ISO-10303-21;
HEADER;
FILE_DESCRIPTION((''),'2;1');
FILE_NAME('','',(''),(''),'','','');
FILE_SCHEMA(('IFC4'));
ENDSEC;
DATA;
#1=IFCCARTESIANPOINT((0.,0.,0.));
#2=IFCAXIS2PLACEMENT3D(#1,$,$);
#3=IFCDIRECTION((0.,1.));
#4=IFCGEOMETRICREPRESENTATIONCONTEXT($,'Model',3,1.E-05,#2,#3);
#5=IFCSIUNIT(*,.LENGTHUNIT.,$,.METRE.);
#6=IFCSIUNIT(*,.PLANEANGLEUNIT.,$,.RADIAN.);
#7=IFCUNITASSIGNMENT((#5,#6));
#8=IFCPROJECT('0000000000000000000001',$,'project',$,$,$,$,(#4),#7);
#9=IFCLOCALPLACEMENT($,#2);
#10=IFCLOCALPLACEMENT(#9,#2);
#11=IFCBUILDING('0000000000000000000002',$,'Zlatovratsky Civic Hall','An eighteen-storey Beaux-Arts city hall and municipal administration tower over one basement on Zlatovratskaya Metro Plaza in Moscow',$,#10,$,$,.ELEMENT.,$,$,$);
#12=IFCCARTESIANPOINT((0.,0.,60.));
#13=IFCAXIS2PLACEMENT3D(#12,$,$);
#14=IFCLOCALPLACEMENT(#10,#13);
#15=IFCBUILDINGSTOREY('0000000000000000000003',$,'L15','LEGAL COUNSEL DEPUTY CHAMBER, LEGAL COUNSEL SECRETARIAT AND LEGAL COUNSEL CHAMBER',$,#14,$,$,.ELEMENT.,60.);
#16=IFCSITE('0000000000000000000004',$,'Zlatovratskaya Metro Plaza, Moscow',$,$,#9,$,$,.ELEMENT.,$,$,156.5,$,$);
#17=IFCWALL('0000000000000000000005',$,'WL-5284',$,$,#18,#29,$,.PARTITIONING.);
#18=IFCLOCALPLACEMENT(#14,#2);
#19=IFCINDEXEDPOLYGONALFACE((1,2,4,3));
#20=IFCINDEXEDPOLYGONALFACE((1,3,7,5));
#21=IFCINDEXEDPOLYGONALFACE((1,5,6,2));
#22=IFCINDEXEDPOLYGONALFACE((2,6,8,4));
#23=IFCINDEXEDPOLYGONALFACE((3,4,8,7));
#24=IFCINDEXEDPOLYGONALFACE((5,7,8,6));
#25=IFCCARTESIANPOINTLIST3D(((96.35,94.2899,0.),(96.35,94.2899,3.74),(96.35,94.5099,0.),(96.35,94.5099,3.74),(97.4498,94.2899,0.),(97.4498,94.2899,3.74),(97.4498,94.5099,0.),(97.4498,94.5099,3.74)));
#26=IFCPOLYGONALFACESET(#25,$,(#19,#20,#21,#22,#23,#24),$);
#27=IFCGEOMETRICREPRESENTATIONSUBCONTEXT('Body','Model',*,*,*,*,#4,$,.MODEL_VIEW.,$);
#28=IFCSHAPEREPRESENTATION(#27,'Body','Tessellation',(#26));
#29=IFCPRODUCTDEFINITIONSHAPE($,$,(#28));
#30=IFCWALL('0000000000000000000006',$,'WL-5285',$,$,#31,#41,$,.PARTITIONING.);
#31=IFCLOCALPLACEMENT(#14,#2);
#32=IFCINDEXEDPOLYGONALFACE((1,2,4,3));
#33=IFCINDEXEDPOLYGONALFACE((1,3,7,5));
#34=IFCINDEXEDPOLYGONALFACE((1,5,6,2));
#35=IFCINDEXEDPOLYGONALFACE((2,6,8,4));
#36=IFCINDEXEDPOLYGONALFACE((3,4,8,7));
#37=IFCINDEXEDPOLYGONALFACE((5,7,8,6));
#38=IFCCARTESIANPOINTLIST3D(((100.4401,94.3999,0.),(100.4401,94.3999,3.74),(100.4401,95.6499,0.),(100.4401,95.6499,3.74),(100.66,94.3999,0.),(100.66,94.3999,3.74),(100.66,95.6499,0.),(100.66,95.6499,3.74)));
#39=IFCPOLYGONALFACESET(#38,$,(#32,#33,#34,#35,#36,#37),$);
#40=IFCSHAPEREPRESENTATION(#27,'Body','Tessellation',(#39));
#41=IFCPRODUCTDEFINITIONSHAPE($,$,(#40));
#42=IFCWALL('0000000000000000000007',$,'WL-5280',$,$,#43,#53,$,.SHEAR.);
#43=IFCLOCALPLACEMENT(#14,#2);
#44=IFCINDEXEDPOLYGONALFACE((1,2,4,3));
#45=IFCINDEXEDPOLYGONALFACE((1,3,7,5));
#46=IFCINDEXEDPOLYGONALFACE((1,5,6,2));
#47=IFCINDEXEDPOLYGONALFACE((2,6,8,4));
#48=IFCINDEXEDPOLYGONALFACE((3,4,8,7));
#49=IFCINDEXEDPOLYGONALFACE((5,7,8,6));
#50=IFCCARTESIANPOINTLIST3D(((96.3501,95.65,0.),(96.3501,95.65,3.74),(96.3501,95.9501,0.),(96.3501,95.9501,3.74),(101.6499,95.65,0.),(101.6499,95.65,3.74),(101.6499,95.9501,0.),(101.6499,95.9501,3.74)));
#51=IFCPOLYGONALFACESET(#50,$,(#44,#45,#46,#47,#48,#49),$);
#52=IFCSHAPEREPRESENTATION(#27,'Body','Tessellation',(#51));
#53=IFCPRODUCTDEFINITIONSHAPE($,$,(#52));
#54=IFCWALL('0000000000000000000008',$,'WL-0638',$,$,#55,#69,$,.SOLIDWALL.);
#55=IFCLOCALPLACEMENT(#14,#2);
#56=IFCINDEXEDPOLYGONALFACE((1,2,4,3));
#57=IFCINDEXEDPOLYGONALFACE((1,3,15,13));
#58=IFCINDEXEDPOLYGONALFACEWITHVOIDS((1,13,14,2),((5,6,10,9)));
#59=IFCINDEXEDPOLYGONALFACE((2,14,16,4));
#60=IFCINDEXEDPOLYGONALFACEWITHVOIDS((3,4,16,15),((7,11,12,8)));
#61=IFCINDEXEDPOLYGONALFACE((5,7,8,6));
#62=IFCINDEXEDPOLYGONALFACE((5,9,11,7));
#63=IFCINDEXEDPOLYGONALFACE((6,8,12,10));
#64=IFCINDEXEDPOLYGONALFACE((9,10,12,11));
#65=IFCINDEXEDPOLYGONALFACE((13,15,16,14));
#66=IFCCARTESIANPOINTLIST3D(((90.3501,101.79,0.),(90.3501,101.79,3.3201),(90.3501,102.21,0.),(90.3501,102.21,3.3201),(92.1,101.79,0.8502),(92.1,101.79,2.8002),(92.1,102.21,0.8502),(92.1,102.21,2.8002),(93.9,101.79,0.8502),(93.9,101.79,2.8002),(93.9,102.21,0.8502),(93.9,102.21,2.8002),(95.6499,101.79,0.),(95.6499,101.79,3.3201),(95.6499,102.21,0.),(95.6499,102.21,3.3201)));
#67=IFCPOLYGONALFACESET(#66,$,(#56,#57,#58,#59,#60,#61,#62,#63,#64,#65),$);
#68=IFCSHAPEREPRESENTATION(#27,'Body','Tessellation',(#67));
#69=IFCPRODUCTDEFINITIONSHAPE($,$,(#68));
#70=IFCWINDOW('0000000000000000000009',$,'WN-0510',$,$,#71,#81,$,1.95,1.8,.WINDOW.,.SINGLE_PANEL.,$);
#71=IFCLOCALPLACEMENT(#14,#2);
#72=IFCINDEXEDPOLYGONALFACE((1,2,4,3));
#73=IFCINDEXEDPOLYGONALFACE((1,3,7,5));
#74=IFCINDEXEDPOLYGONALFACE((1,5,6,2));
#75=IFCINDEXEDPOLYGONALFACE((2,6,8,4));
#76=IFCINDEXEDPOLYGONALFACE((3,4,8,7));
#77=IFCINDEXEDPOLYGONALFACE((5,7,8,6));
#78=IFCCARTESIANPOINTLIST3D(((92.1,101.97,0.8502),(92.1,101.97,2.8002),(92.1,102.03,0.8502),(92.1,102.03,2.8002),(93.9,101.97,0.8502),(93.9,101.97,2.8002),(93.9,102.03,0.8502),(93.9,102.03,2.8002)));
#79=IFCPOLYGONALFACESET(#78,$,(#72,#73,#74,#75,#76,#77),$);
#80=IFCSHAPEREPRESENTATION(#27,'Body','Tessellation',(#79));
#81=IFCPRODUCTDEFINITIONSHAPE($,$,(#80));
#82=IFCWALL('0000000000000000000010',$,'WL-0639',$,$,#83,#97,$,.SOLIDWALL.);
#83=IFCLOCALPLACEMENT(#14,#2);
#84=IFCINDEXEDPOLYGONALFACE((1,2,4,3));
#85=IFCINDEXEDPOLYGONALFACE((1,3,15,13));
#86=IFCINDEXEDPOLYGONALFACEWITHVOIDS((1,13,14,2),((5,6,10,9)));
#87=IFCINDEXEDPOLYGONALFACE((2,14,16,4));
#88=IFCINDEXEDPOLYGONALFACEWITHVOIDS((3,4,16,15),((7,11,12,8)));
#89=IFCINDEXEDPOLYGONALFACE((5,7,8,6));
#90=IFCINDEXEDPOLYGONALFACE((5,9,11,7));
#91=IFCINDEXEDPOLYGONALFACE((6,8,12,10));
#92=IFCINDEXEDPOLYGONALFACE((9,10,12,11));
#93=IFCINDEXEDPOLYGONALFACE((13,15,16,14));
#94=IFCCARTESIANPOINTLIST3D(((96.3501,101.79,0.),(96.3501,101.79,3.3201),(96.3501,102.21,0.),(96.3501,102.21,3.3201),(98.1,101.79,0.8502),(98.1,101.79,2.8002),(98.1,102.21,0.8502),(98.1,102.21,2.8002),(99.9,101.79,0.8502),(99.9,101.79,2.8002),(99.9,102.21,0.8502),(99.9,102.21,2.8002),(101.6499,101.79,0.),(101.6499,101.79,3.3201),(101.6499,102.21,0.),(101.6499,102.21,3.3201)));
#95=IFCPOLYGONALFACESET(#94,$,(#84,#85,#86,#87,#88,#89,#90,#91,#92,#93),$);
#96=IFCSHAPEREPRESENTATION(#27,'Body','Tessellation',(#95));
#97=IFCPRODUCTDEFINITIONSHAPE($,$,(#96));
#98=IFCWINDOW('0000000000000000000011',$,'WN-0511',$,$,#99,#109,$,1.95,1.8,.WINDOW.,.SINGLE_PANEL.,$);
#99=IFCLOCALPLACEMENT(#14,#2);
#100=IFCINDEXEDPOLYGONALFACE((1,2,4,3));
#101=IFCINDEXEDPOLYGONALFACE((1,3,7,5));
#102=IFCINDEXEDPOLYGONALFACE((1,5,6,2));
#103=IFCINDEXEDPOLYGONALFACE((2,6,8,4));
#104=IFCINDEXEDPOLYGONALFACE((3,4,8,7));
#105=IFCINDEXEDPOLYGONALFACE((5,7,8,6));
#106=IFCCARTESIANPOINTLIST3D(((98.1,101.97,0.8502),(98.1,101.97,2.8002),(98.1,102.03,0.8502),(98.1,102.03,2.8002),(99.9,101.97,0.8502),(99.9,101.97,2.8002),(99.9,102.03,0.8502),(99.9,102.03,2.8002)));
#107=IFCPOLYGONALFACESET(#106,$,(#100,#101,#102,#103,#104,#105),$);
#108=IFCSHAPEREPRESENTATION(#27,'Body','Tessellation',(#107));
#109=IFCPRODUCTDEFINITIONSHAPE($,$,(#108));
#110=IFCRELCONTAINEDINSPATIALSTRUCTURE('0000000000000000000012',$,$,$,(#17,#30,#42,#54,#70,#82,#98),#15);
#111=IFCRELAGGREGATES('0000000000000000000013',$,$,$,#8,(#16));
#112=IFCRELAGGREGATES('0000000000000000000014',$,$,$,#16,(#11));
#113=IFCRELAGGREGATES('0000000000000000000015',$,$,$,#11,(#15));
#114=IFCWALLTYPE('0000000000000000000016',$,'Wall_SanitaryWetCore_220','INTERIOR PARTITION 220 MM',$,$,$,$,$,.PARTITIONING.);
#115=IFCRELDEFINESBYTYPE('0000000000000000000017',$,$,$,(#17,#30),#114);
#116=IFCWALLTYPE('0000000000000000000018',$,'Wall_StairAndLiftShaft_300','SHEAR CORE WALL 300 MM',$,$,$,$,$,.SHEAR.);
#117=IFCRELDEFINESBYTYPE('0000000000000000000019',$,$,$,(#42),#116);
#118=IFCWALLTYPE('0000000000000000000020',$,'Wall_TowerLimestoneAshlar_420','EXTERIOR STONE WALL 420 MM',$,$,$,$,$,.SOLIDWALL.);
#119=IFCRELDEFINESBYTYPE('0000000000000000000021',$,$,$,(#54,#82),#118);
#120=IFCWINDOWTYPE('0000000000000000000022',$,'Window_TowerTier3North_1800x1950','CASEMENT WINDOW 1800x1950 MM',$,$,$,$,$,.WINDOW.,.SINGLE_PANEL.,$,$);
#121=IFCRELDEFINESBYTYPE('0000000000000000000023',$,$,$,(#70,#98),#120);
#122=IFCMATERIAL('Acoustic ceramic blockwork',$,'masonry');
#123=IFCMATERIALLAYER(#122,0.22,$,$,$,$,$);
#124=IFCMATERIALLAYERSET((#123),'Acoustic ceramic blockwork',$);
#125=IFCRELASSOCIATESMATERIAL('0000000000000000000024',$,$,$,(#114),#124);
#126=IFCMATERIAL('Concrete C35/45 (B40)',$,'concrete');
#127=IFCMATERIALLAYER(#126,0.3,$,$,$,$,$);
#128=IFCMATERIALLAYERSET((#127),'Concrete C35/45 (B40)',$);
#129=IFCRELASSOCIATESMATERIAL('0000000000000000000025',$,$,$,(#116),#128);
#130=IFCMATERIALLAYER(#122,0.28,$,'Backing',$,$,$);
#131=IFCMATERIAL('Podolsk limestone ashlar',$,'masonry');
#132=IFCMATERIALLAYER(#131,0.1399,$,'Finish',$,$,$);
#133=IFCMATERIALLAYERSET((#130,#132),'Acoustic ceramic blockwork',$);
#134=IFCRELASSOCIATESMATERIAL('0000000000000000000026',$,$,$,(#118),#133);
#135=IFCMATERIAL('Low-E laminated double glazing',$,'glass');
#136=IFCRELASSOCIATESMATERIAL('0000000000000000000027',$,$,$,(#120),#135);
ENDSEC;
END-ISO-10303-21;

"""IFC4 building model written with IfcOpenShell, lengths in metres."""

from ifc_helpers import new_model, si_unit, direction, frame, frame_2d, origin, place, context, subcontext, project, spatial, rectangle, extrude, material, layer, layer_set, type_object, element, fill, save


model = new_model("IFC4")

# Units and contexts
model_context = context("Model", 3, precision=1e-05, world=origin(), true_north=direction((0.0, 1.0)))
body_context = subcontext(model_context, "Body", "Model", "MODEL_VIEW")
ifc_project = project(units=[si_unit("LENGTHUNIT", "METRE"), si_unit("PLANEANGLEUNIT", "RADIAN")], contexts=[model_context])

# Site, building, storey
site_placement = place(None, origin())
site = spatial("IfcSite", under=ifc_project, at=site_placement, Name="Zlatovratskaya Metro Plaza, Moscow", CompositionType="ELEMENT", RefElevation=156.5)
building_placement = place(site_placement, origin())
building = spatial("IfcBuilding", under=site, at=building_placement, Name="Zlatovratsky Civic Hall", Description="An eighteen-storey Beaux-Arts city hall and municipal administration tower over one basement on Zlatovratskaya Metro Plaza in Moscow", CompositionType="ELEMENT")
storey_placement = place(building_placement, frame((0.0, 0.0, 60.0)))
storey = spatial("IfcBuildingStorey", under=building, at=storey_placement, Name="L15", Description="LEGAL COUNSEL DEPUTY CHAMBER, LEGAL COUNSEL SECRETARIAT AND LEGAL COUNSEL CHAMBER", CompositionType="ELEMENT", Elevation=60.0)

# Shared definitions
ifc_material_1 = material(Name="Concrete C35/45 (B40)", Category="concrete")

# Shared definitions
ifc_material_2 = material(Name="Acoustic ceramic blockwork", Category="masonry")

# Walls
ifc_layer_1 = layer(ifc_material_2, 0.22)
ifc_layer_set_1 = layer_set([ifc_layer_1], Name="Acoustic ceramic blockwork")
wall_type_1 = type_object("IfcWallType", Name="Wall_SanitaryWetCore_220", Description="INTERIOR PARTITION 220 MM", PredefinedType="PARTITIONING", material=ifc_layer_set_1)
wall_1_placement = place(storey_placement, frame((96.3501, 94.3999, 0.0), z_axis=(0.0, 0.0, 1.0), x_axis=(1.0, 0.0, 0.0)))
element("IfcWall", 1, at=wall_1_placement, inside=storey, type_object=wall_type_1, Name="WL-5284", PredefinedType="PARTITIONING", context=body_context, shape_type="SweptSolid", body=[
    extrude(rectangle(XDim=1.0999, YDim=0.22, at=frame_2d((0.5498, 0.0))), origin(), (0.0, 0.0, 1.0), 3.74),
])
wall_2_placement = place(storey_placement, frame((100.55, 94.3999, 0.0), z_axis=(0.0, 0.0, 1.0), x_axis=(0.0, 1.0, 0.0)))
element("IfcWall", 2, at=wall_2_placement, inside=storey, type_object=wall_type_1, Name="WL-5285", PredefinedType="PARTITIONING", context=body_context, shape_type="SweptSolid", body=[
    extrude(rectangle(XDim=1.25, YDim=0.22, at=frame_2d((0.625, 0.0))), origin(), (0.0, 0.0, 1.0), 3.74),
])
ifc_layer_2 = layer(ifc_material_1, 0.3)
ifc_layer_set_2 = layer_set([ifc_layer_2], Name="Concrete C35/45 (B40)")
wall_type_2 = type_object("IfcWallType", Name="Wall_StairAndLiftShaft_300", Description="SHEAR CORE WALL 300 MM", PredefinedType="SHEAR", material=ifc_layer_set_2)
wall_3_placement = place(storey_placement, frame((96.3501, 95.8, 0.0), z_axis=(0.0, 0.0, 1.0), x_axis=(1.0, 0.0, 0.0)))
element("IfcWall", 3, at=wall_3_placement, inside=storey, type_object=wall_type_2, Name="WL-5280", PredefinedType="SHEAR", context=body_context, shape_type="SweptSolid", body=[
    extrude(rectangle(XDim=5.2998, YDim=0.3, at=frame_2d((2.6499, 0.0))), origin(), (0.0, 0.0, 1.0), 3.74),
])

# Walls, openings, windows
ifc_layer_3 = layer(ifc_material_2, 0.28, Name="Backing")
ifc_material_3 = material(Name="Podolsk limestone ashlar", Category="masonry")
ifc_layer_4 = layer(ifc_material_3, 0.1399, Name="Finish")
ifc_layer_set_3 = layer_set([ifc_layer_3, ifc_layer_4], Name="Acoustic ceramic blockwork")
wall_type_3 = type_object("IfcWallType", Name="Wall_TowerLimestoneAshlar_420", Description="EXTERIOR STONE WALL 420 MM", PredefinedType="SOLIDWALL", material=ifc_layer_set_3)
wall_4_placement = place(storey_placement, frame((90.3501, 102.0, 0.0), z_axis=(0.0, 0.0, 1.0), x_axis=(1.0, 0.0, 0.0)))
wall_4 = element("IfcWall", 4, at=wall_4_placement, inside=storey, type_object=wall_type_3, Name="WL-0638", PredefinedType="SOLIDWALL", context=body_context, shape_type="SweptSolid", body=[
    extrude(rectangle(XDim=5.2998, YDim=0.4199, at=frame_2d((2.6499, 0.0))), origin(), (0.0, 0.0, 1.0), 3.3201),
])
opening_1_placement = place(wall_4_placement, frame((1.75, 0.0, 0.8501)))
opening_1 = element("IfcOpeningElement", 5, at=opening_1_placement, cuts=wall_4, PredefinedType="OPENING", context=body_context, shape_type="SweptSolid", body=[
    extrude(rectangle(XDim=1.8, YDim=1.95, at=frame_2d((0.8999, 0.9751))), frame((0.0, 0.2249, 0.0), z_axis=(0.0, -1.0, 0.0), x_axis=(1.0, 0.0, 0.0)), (0.0, 0.0, 1.0), 0.4497),
])
ifc_material_4 = material(Name="Low-E laminated double glazing", Category="glass")
window_type = type_object("IfcWindowType", Name="Window_TowerTier3North_1800x1950", Description="CASEMENT WINDOW 1800x1950 MM", PartitioningType="SINGLE_PANEL", PredefinedType="WINDOW", material=ifc_material_4)
window_1_placement = place(opening_1_placement, origin())
window_1 = element("IfcWindow", 6, at=window_1_placement, inside=storey, type_object=window_type, Name="WN-0510", OverallHeight=1.95, OverallWidth=1.8, PartitioningType="SINGLE_PANEL", PredefinedType="WINDOW", context=body_context, shape_type="SweptSolid", body=[
    extrude(rectangle(XDim=1.8, YDim=1.95, at=frame_2d((0.8999, 0.9751))), frame((0.0, 0.03, 0.0), z_axis=(0.0, -1.0, 0.0), x_axis=(1.0, 0.0, 0.0)), (0.0, 0.0, 1.0), 0.0601),
])
fill(opening_1, window_1)
wall_5_placement = place(storey_placement, frame((96.3501, 102.0, 0.0), z_axis=(0.0, 0.0, 1.0), x_axis=(1.0, 0.0, 0.0)))
wall_5 = element("IfcWall", 7, at=wall_5_placement, inside=storey, type_object=wall_type_3, Name="WL-0639", PredefinedType="SOLIDWALL", context=body_context, shape_type="SweptSolid", body=[
    extrude(rectangle(XDim=5.2998, YDim=0.4199, at=frame_2d((2.6499, 0.0))), origin(), (0.0, 0.0, 1.0), 3.3201),
])
opening_2_placement = place(wall_5_placement, frame((1.75, 0.0, 0.8501)))
opening_2 = element("IfcOpeningElement", 8, at=opening_2_placement, cuts=wall_5, PredefinedType="OPENING", context=body_context, shape_type="SweptSolid", body=[
    extrude(rectangle(XDim=1.8, YDim=1.95, at=frame_2d((0.8999, 0.9751))), frame((0.0, 0.2249, 0.0), z_axis=(0.0, -1.0, 0.0), x_axis=(1.0, 0.0, 0.0)), (0.0, 0.0, 1.0), 0.4497),
])
window_2_placement = place(opening_2_placement, origin())
window_2 = element("IfcWindow", 9, at=window_2_placement, inside=storey, type_object=window_type, Name="WN-0511", OverallHeight=1.95, OverallWidth=1.8, PartitioningType="SINGLE_PANEL", PredefinedType="WINDOW", context=body_context, shape_type="SweptSolid", body=[
    extrude(rectangle(XDim=1.8, YDim=1.95, at=frame_2d((0.8999, 0.9751))), frame((0.0, 0.03, 0.0), z_axis=(0.0, -1.0, 0.0), x_axis=(1.0, 0.0, 0.0)), (0.0, 0.0, 1.0), 0.0601),
])
fill(opening_2, window_2)

save(model, "model.ifc")
